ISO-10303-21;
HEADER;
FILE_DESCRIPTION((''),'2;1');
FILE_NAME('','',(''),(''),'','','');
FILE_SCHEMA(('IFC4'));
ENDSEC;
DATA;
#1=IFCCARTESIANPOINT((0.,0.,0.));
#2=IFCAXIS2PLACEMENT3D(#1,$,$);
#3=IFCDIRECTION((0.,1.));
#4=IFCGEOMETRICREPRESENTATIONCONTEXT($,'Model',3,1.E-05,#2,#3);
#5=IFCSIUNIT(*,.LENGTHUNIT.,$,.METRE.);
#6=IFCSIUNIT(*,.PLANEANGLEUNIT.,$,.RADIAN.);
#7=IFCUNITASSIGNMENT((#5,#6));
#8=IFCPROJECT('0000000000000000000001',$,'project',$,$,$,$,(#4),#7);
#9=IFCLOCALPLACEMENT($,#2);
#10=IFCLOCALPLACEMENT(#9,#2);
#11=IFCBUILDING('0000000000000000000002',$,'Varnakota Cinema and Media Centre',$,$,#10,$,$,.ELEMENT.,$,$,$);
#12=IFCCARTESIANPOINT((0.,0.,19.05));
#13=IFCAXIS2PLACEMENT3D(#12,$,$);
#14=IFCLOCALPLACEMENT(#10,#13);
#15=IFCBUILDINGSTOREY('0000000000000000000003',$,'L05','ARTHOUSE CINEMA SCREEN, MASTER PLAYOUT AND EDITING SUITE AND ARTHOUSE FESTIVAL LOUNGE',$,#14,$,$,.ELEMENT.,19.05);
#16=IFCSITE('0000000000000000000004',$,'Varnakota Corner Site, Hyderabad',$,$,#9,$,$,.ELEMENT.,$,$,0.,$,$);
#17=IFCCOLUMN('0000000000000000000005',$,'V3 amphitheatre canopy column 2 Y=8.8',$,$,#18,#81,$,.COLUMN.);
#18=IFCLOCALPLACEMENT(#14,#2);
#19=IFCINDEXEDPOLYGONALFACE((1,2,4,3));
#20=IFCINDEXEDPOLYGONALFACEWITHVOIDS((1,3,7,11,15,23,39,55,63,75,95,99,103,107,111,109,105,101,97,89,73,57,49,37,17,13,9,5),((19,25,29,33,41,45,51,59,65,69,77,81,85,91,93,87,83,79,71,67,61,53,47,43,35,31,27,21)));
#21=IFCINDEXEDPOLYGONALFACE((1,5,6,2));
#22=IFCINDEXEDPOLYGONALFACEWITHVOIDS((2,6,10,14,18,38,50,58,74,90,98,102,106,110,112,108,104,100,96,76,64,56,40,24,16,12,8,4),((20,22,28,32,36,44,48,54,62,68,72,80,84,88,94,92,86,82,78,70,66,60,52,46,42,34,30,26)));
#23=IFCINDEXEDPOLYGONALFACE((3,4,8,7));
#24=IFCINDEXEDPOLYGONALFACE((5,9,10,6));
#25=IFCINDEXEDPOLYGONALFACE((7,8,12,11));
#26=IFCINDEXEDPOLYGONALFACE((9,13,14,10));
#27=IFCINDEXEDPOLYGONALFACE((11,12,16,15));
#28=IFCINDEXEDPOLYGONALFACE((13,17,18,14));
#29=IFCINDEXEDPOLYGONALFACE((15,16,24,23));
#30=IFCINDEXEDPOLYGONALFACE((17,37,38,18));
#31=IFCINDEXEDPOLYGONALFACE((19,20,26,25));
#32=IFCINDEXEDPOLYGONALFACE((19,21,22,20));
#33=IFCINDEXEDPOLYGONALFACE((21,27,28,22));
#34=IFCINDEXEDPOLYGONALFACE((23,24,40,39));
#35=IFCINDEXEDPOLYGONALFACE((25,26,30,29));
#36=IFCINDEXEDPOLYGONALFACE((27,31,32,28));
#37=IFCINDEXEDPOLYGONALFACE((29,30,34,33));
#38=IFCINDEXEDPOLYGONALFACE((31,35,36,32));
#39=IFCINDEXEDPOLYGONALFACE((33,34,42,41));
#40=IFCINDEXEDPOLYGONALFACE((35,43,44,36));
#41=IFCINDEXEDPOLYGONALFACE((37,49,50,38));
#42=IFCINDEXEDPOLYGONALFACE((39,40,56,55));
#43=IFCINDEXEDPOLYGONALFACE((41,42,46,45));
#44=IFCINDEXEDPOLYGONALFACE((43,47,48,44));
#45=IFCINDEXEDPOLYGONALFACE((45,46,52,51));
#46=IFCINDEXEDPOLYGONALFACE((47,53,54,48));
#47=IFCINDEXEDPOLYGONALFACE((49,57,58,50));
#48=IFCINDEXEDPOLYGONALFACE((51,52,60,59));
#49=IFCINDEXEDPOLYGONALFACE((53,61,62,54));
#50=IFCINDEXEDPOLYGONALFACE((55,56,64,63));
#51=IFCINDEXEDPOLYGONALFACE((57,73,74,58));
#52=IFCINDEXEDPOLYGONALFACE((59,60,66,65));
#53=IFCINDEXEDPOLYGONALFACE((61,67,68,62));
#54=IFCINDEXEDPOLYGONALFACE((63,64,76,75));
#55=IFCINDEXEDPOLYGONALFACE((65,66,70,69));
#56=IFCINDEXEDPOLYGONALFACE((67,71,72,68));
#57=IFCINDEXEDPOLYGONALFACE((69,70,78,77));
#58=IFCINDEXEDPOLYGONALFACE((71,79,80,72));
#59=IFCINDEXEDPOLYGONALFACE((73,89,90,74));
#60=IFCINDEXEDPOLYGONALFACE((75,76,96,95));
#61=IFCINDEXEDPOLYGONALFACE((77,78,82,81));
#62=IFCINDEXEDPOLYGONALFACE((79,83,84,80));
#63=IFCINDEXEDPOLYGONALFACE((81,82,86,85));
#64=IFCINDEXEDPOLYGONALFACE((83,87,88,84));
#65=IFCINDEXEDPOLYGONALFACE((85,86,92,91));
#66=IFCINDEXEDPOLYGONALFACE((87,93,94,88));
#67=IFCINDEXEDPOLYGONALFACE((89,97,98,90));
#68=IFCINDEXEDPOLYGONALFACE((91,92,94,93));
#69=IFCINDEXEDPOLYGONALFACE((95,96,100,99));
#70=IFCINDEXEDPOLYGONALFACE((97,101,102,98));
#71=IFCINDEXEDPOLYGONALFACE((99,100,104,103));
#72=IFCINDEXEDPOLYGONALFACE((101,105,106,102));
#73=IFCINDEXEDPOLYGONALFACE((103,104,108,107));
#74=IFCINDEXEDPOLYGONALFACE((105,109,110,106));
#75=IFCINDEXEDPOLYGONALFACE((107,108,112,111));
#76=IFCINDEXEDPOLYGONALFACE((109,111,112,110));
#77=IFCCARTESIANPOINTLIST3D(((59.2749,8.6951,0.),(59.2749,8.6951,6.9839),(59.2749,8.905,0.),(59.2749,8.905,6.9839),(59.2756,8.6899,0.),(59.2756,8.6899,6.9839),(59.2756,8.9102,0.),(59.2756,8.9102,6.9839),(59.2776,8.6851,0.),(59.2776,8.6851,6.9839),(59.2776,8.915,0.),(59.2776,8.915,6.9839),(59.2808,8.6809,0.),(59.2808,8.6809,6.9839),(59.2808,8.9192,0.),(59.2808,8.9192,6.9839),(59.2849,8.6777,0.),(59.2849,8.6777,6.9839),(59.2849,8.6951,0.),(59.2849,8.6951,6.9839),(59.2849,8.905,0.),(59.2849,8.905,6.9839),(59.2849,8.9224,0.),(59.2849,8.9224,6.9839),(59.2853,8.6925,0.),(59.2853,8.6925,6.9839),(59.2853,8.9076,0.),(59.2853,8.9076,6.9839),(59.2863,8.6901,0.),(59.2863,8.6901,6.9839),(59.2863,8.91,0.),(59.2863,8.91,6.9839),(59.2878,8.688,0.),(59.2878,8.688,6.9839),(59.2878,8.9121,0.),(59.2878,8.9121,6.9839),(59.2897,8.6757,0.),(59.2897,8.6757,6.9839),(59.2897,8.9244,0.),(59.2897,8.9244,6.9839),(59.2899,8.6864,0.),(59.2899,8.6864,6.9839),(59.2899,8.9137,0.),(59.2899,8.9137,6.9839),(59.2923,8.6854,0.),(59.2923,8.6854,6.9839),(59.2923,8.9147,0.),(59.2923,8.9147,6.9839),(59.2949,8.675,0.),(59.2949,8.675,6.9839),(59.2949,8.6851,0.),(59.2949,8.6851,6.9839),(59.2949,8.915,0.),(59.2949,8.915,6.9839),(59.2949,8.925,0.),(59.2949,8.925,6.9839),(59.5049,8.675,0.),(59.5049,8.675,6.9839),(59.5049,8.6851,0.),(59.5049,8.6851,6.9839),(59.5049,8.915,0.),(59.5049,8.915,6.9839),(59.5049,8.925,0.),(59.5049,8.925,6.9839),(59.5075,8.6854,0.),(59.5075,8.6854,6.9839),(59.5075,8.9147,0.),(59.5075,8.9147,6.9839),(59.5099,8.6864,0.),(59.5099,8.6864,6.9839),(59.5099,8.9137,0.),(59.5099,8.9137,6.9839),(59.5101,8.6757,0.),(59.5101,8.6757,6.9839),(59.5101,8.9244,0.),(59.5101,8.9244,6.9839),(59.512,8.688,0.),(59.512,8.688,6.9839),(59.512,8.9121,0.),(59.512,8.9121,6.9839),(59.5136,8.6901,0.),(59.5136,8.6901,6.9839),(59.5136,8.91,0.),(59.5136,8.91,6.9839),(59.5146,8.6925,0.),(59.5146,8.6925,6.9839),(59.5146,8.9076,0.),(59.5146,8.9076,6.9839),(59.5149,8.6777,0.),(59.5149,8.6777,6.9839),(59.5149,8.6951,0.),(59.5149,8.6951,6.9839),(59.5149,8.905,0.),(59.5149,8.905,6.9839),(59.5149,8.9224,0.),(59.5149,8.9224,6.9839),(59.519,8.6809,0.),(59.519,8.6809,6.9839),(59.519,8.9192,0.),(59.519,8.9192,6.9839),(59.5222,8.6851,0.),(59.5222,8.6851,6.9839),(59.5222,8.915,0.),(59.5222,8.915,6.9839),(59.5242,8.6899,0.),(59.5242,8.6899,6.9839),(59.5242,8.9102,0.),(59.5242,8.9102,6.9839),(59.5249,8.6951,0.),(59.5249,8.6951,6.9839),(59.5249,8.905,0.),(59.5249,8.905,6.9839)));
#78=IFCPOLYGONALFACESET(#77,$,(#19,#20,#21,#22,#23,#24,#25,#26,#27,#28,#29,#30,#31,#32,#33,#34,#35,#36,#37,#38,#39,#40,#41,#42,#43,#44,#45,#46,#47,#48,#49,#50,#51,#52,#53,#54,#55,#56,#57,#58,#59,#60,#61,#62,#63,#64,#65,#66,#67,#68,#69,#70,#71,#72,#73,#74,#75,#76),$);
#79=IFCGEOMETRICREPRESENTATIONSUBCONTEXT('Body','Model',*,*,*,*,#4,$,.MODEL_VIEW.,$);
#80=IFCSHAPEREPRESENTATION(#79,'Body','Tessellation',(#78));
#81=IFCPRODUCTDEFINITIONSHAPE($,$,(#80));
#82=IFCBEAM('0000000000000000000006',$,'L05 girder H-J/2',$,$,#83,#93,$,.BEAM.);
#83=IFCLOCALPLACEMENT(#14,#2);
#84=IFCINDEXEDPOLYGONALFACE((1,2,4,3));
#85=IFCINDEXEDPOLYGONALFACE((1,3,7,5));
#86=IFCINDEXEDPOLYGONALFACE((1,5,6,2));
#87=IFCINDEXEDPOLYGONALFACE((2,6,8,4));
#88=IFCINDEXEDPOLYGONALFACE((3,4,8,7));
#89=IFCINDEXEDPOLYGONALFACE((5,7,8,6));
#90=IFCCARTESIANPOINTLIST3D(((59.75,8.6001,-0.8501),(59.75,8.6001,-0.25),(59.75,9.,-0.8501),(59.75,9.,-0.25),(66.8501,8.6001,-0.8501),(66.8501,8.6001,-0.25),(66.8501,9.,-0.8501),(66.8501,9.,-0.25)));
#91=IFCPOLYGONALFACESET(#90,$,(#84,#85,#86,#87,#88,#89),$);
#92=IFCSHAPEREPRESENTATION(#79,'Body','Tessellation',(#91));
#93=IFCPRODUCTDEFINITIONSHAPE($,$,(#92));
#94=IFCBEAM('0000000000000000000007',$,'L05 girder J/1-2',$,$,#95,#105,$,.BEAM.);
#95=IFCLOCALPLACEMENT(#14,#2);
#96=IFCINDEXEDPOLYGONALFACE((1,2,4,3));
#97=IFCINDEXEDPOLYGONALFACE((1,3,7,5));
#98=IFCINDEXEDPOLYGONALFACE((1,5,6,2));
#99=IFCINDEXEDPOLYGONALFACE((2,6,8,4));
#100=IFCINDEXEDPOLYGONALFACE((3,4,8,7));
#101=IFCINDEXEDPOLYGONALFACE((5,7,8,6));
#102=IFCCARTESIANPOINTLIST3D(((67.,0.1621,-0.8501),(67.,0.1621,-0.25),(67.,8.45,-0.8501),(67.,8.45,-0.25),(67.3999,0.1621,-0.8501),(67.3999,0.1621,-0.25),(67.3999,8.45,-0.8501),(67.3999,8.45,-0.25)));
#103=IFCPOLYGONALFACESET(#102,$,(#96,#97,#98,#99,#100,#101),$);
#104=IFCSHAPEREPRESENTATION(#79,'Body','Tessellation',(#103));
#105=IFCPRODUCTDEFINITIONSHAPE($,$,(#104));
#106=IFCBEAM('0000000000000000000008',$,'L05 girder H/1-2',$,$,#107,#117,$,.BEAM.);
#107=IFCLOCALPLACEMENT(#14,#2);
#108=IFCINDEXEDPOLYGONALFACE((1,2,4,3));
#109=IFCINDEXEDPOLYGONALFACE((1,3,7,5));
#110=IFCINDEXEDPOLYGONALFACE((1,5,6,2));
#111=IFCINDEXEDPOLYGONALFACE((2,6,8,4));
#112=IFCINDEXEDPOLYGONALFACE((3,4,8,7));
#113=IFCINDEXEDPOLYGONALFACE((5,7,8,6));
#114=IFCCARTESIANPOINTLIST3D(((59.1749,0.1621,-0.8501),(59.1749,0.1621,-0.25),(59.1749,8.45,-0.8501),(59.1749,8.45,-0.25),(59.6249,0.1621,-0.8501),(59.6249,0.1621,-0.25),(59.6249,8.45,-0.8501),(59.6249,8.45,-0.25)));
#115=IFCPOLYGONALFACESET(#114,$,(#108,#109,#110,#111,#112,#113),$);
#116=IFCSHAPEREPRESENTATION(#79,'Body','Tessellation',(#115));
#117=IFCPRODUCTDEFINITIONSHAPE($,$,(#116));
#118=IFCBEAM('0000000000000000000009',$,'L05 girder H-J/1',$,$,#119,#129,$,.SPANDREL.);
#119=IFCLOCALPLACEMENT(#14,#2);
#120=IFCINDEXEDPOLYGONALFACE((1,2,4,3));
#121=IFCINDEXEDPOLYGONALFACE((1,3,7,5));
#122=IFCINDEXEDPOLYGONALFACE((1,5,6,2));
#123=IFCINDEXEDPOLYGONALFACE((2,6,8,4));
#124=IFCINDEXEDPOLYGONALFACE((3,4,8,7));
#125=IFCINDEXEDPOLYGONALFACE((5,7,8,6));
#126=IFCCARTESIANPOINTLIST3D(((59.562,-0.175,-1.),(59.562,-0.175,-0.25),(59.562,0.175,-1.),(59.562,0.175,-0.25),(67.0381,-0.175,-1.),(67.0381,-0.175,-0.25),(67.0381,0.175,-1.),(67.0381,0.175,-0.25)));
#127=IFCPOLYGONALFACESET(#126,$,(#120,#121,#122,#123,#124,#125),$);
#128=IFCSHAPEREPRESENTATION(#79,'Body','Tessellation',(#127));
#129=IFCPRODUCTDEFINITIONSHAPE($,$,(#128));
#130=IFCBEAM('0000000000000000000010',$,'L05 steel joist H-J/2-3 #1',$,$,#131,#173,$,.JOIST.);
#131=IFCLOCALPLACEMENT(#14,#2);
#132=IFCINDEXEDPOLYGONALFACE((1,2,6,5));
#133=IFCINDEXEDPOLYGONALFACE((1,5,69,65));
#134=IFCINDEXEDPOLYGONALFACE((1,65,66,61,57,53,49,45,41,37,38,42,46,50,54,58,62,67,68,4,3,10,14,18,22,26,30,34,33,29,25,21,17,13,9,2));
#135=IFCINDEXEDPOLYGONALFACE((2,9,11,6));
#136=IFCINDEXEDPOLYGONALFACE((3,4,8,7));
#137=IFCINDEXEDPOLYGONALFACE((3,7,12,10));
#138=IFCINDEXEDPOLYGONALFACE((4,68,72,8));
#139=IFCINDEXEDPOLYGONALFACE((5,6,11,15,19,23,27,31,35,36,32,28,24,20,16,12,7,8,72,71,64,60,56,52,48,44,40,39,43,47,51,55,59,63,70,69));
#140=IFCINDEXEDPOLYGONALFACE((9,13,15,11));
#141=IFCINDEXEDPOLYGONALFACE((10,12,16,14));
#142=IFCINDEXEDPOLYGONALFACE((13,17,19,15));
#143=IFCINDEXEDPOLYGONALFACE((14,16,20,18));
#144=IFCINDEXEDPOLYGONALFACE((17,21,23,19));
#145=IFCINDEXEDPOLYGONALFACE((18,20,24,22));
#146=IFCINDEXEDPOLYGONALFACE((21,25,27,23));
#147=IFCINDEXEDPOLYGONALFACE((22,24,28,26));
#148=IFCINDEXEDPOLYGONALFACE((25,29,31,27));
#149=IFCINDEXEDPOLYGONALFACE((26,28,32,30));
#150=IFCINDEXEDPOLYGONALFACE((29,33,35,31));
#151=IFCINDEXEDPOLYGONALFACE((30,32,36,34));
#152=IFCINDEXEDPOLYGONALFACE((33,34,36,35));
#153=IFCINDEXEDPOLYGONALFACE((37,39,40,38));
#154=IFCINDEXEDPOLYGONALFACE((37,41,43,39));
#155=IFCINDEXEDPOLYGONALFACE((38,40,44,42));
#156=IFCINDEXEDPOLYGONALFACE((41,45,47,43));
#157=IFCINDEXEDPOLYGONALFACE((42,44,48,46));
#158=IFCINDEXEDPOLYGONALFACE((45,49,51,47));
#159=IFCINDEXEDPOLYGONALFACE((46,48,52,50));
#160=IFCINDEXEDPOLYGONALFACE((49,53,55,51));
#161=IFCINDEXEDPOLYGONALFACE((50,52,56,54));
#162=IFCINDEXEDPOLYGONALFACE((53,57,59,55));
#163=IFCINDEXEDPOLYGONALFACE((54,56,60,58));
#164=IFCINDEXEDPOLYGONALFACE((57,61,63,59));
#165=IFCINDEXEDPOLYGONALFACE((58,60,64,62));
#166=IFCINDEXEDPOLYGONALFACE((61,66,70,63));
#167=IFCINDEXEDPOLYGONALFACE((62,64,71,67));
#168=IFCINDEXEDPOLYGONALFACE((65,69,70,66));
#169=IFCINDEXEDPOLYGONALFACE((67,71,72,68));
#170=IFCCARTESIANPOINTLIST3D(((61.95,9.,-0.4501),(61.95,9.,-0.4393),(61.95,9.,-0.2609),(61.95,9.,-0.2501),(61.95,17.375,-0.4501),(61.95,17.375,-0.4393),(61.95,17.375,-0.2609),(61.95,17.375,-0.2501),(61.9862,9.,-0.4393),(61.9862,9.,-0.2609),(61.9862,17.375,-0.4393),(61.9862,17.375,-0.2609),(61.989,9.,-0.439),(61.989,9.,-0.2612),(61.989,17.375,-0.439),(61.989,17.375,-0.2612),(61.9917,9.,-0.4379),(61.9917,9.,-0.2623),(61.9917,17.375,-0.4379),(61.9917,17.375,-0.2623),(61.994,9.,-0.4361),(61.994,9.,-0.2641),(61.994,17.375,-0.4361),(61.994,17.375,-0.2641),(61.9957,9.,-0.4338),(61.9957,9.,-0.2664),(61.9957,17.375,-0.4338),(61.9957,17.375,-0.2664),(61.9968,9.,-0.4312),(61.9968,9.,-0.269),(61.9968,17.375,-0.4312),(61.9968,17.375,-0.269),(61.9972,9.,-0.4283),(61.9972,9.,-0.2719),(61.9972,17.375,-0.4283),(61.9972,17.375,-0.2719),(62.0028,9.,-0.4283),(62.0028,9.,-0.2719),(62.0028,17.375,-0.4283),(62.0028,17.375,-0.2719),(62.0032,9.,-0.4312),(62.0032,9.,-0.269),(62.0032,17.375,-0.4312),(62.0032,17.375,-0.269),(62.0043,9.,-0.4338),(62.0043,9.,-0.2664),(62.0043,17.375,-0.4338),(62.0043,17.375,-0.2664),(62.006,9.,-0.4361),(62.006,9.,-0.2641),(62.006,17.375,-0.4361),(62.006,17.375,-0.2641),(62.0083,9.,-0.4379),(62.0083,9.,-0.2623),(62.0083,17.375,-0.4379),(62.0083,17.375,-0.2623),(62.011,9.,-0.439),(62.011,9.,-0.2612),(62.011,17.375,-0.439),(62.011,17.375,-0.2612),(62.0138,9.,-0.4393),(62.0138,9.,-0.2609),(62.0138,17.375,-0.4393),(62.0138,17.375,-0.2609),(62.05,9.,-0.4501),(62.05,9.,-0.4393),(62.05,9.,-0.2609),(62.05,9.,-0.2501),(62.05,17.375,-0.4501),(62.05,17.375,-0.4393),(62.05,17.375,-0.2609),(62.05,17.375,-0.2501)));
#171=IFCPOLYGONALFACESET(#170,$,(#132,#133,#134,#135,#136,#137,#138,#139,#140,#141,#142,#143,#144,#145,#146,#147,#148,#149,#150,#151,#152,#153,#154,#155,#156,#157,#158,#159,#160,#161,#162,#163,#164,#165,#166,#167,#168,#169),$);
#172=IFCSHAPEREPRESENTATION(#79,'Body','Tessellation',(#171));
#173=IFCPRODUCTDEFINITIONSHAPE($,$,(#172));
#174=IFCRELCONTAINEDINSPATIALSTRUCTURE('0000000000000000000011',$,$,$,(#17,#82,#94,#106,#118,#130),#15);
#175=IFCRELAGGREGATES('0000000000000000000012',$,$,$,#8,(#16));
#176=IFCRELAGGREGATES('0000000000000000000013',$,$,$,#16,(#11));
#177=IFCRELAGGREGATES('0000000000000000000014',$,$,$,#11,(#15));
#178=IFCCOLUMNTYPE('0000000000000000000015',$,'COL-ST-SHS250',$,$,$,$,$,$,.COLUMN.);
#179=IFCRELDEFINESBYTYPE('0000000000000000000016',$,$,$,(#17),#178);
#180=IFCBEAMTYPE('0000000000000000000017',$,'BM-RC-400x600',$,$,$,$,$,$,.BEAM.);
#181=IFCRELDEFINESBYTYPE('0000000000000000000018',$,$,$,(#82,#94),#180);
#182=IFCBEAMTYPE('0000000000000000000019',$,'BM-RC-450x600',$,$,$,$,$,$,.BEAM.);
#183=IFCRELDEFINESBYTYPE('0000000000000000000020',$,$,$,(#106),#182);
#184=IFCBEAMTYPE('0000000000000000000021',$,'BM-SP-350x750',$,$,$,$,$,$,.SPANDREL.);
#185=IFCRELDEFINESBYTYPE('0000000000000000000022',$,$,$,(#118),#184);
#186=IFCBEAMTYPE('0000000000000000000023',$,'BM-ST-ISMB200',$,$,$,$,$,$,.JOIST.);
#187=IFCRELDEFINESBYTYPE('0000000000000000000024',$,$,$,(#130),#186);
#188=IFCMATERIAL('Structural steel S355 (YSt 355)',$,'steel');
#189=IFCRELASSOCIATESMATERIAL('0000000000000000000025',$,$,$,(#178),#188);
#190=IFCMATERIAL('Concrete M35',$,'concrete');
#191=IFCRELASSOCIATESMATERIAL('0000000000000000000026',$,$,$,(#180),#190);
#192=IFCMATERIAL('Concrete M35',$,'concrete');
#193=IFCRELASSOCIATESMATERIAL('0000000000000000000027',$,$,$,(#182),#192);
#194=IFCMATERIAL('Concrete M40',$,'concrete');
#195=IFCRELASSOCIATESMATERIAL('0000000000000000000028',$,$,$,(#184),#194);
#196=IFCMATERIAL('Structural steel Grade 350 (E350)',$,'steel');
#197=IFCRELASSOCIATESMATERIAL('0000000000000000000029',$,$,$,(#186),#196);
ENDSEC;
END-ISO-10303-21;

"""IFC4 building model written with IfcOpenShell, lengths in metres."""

from ifc_helpers import new_model, si_unit, direction, frame, origin, origin_2d, place, context, subcontext, project, spatial, rectangle, hollow_rectangle, i_section, extrude, material, material_profile, profile_set, type_object, element, save


model = new_model("IFC4")

# Units and contexts
model_context = context("Model", 3, precision=1e-05, world=origin(), true_north=direction((0.0, 1.0)))
body_context = subcontext(model_context, "Body", "Model", "MODEL_VIEW")
ifc_project = project(units=[si_unit("LENGTHUNIT", "METRE"), si_unit("PLANEANGLEUNIT", "RADIAN")], contexts=[model_context])

# Site, building, storey
site_placement = place(None, origin())
site = spatial("IfcSite", under=ifc_project, at=site_placement, Name="Varnakota Corner Site, Hyderabad", CompositionType="ELEMENT", RefElevation=0.0)
building_placement = place(site_placement, origin())
building = spatial("IfcBuilding", under=site, at=building_placement, Name="Varnakota Cinema and Media Centre", CompositionType="ELEMENT")
storey_placement = place(building_placement, frame((0.0, 0.0, 19.05)))
storey = spatial("IfcBuildingStorey", under=building, at=storey_placement, Name="L05", Description="ARTHOUSE CINEMA SCREEN, MASTER PLAYOUT AND EDITING SUITE AND ARTHOUSE FESTIVAL LOUNGE", CompositionType="ELEMENT", Elevation=19.05)

# Column
ifc_material_1 = material(Name="Structural steel S355 (YSt 355)", Category="steel")
ifc_material_profile_1 = material_profile(ifc_material_1, hollow_rectangle(XDim=0.25, YDim=0.25, WallThickness=0.01, InnerFilletRadius=0.01, OuterFilletRadius=0.02, at=origin_2d()), Name="SHS 250x250x10")
ifc_profile_set_1 = profile_set([ifc_material_profile_1], Name="Structural steel S355 (YSt 355)")
column_type = type_object("IfcColumnType", Name="COL-ST-SHS250", PredefinedType="COLUMN", material=ifc_profile_set_1)
column_placement = place(storey_placement, frame((59.3999, 8.8, 0.0), z_axis=(0.0, 0.0, 1.0), x_axis=(1.0, 0.0, 0.0)))
element("IfcColumn", 1, at=column_placement, inside=storey, type_object=column_type, Name="V3 amphitheatre canopy column 2 Y=8.8", PredefinedType="COLUMN", context=body_context, shape_type="SweptSolid", body=[
    extrude(hollow_rectangle(XDim=0.25, YDim=0.25, WallThickness=0.01, InnerFilletRadius=0.01, OuterFilletRadius=0.02, at=origin_2d()), origin(), (0.0, 0.0, 1.0), 6.9839),
])

# Beams
ifc_material_2 = material(Name="Concrete M35", Category="concrete")
ifc_material_profile_2 = material_profile(ifc_material_2, rectangle(XDim=0.3999, YDim=0.6001, at=origin_2d()), Name="RCB 400x600")
ifc_profile_set_2 = profile_set([ifc_material_profile_2], Name="Concrete M35")
beam_type_1 = type_object("IfcBeamType", Name="BM-RC-400x600", PredefinedType="BEAM", material=ifc_profile_set_2)
beam_1_placement = place(storey_placement, frame((59.75, 8.8, -0.55), z_axis=(1.0, 0.0, 0.0), x_axis=(0.0, 1.0, 0.0)))
element("IfcBeam", 2, at=beam_1_placement, inside=storey, type_object=beam_type_1, Name="L05 girder H-J/2", PredefinedType="BEAM", context=body_context, shape_type="SweptSolid", body=[
    extrude(rectangle(XDim=0.3999, YDim=0.6001, at=origin_2d()), origin(), (0.0, 0.0, 1.0), 7.1001),
])
beam_2_placement = place(storey_placement, frame((67.2, 0.1621, -0.55), z_axis=(0.0, 1.0, 0.0), x_axis=(-1.0, 0.0, 0.0)))
element("IfcBeam", 3, at=beam_2_placement, inside=storey, type_object=beam_type_1, Name="L05 girder J/1-2", PredefinedType="BEAM", context=body_context, shape_type="SweptSolid", body=[
    extrude(rectangle(XDim=0.3999, YDim=0.6001, at=origin_2d()), origin(), (0.0, 0.0, 1.0), 8.2878),
])
ifc_material_3 = material(Name="Concrete M35", Category="concrete")
ifc_material_profile_3 = material_profile(ifc_material_3, rectangle(XDim=0.45, YDim=0.6001, at=origin_2d()), Name="RCB 450x600")
ifc_profile_set_3 = profile_set([ifc_material_profile_3], Name="Concrete M35")
beam_type_2 = type_object("IfcBeamType", Name="BM-RC-450x600", PredefinedType="BEAM", material=ifc_profile_set_3)
beam_3_placement = place(storey_placement, frame((59.3999, 0.1621, -0.55), z_axis=(0.0, 1.0, 0.0), x_axis=(-1.0, 0.0, 0.0)))
element("IfcBeam", 4, at=beam_3_placement, inside=storey, type_object=beam_type_2, Name="L05 girder H/1-2", PredefinedType="BEAM", context=body_context, shape_type="SweptSolid", body=[
    extrude(rectangle(XDim=0.45, YDim=0.6001, at=origin_2d()), origin(), (0.0, 0.0, 1.0), 8.2878),
])
ifc_material_4 = material(Name="Concrete M40", Category="concrete")
ifc_material_profile_4 = material_profile(ifc_material_4, rectangle(XDim=0.3501, YDim=0.75, at=origin_2d()), Name="RCB 350x750")
ifc_profile_set_4 = profile_set([ifc_material_profile_4], Name="Concrete M40")
beam_type_3 = type_object("IfcBeamType", Name="BM-SP-350x750", PredefinedType="SPANDREL", material=ifc_profile_set_4)
beam_4_placement = place(storey_placement, frame((59.562, 0.0, -0.625), z_axis=(1.0, 0.0, 0.0), x_axis=(0.0, 1.0, 0.0)))
element("IfcBeam", 5, at=beam_4_placement, inside=storey, type_object=beam_type_3, Name="L05 girder H-J/1", PredefinedType="SPANDREL", context=body_context, shape_type="SweptSolid", body=[
    extrude(rectangle(XDim=0.3501, YDim=0.75, at=origin_2d()), origin(), (0.0, 0.0, 1.0), 7.4761),
])
ifc_material_5 = material(Name="Structural steel Grade 350 (E350)", Category="steel")
ifc_material_profile_5 = material_profile(ifc_material_5, i_section(OverallWidth=0.1001, OverallDepth=0.2, WebThickness=0.0056, FlangeThickness=0.0107, FilletRadius=0.011, at=origin_2d()), Name="ISMB 200")
ifc_profile_set_5 = profile_set([ifc_material_profile_5], Name="Structural steel Grade 350 (E350)")
beam_type_4 = type_object("IfcBeamType", Name="BM-ST-ISMB200", PredefinedType="JOIST", material=ifc_profile_set_5)
for number, where, z_axis, x_axis, name in (
    (6, (62.0, 9.0, -0.3501), (0.0, 1.0, 0.0), (-1.0, 0.0, 0.0), "L05 steel joist H-J/2-3 #1"),
):
    element("IfcBeam", number, at=place(storey_placement, frame(where, z_axis=z_axis, x_axis=x_axis)), inside=storey, type_object=beam_type_4, Name=name, PredefinedType="JOIST", context=body_context, shape_type="SweptSolid", body=[
        extrude(i_section(OverallWidth=0.1001, OverallDepth=0.2, WebThickness=0.0056, FlangeThickness=0.0107, FilletRadius=0.011, at=origin_2d()), origin(), (0.0, 0.0, 1.0), 8.375),
    ])

save(model, "model.ifc")
